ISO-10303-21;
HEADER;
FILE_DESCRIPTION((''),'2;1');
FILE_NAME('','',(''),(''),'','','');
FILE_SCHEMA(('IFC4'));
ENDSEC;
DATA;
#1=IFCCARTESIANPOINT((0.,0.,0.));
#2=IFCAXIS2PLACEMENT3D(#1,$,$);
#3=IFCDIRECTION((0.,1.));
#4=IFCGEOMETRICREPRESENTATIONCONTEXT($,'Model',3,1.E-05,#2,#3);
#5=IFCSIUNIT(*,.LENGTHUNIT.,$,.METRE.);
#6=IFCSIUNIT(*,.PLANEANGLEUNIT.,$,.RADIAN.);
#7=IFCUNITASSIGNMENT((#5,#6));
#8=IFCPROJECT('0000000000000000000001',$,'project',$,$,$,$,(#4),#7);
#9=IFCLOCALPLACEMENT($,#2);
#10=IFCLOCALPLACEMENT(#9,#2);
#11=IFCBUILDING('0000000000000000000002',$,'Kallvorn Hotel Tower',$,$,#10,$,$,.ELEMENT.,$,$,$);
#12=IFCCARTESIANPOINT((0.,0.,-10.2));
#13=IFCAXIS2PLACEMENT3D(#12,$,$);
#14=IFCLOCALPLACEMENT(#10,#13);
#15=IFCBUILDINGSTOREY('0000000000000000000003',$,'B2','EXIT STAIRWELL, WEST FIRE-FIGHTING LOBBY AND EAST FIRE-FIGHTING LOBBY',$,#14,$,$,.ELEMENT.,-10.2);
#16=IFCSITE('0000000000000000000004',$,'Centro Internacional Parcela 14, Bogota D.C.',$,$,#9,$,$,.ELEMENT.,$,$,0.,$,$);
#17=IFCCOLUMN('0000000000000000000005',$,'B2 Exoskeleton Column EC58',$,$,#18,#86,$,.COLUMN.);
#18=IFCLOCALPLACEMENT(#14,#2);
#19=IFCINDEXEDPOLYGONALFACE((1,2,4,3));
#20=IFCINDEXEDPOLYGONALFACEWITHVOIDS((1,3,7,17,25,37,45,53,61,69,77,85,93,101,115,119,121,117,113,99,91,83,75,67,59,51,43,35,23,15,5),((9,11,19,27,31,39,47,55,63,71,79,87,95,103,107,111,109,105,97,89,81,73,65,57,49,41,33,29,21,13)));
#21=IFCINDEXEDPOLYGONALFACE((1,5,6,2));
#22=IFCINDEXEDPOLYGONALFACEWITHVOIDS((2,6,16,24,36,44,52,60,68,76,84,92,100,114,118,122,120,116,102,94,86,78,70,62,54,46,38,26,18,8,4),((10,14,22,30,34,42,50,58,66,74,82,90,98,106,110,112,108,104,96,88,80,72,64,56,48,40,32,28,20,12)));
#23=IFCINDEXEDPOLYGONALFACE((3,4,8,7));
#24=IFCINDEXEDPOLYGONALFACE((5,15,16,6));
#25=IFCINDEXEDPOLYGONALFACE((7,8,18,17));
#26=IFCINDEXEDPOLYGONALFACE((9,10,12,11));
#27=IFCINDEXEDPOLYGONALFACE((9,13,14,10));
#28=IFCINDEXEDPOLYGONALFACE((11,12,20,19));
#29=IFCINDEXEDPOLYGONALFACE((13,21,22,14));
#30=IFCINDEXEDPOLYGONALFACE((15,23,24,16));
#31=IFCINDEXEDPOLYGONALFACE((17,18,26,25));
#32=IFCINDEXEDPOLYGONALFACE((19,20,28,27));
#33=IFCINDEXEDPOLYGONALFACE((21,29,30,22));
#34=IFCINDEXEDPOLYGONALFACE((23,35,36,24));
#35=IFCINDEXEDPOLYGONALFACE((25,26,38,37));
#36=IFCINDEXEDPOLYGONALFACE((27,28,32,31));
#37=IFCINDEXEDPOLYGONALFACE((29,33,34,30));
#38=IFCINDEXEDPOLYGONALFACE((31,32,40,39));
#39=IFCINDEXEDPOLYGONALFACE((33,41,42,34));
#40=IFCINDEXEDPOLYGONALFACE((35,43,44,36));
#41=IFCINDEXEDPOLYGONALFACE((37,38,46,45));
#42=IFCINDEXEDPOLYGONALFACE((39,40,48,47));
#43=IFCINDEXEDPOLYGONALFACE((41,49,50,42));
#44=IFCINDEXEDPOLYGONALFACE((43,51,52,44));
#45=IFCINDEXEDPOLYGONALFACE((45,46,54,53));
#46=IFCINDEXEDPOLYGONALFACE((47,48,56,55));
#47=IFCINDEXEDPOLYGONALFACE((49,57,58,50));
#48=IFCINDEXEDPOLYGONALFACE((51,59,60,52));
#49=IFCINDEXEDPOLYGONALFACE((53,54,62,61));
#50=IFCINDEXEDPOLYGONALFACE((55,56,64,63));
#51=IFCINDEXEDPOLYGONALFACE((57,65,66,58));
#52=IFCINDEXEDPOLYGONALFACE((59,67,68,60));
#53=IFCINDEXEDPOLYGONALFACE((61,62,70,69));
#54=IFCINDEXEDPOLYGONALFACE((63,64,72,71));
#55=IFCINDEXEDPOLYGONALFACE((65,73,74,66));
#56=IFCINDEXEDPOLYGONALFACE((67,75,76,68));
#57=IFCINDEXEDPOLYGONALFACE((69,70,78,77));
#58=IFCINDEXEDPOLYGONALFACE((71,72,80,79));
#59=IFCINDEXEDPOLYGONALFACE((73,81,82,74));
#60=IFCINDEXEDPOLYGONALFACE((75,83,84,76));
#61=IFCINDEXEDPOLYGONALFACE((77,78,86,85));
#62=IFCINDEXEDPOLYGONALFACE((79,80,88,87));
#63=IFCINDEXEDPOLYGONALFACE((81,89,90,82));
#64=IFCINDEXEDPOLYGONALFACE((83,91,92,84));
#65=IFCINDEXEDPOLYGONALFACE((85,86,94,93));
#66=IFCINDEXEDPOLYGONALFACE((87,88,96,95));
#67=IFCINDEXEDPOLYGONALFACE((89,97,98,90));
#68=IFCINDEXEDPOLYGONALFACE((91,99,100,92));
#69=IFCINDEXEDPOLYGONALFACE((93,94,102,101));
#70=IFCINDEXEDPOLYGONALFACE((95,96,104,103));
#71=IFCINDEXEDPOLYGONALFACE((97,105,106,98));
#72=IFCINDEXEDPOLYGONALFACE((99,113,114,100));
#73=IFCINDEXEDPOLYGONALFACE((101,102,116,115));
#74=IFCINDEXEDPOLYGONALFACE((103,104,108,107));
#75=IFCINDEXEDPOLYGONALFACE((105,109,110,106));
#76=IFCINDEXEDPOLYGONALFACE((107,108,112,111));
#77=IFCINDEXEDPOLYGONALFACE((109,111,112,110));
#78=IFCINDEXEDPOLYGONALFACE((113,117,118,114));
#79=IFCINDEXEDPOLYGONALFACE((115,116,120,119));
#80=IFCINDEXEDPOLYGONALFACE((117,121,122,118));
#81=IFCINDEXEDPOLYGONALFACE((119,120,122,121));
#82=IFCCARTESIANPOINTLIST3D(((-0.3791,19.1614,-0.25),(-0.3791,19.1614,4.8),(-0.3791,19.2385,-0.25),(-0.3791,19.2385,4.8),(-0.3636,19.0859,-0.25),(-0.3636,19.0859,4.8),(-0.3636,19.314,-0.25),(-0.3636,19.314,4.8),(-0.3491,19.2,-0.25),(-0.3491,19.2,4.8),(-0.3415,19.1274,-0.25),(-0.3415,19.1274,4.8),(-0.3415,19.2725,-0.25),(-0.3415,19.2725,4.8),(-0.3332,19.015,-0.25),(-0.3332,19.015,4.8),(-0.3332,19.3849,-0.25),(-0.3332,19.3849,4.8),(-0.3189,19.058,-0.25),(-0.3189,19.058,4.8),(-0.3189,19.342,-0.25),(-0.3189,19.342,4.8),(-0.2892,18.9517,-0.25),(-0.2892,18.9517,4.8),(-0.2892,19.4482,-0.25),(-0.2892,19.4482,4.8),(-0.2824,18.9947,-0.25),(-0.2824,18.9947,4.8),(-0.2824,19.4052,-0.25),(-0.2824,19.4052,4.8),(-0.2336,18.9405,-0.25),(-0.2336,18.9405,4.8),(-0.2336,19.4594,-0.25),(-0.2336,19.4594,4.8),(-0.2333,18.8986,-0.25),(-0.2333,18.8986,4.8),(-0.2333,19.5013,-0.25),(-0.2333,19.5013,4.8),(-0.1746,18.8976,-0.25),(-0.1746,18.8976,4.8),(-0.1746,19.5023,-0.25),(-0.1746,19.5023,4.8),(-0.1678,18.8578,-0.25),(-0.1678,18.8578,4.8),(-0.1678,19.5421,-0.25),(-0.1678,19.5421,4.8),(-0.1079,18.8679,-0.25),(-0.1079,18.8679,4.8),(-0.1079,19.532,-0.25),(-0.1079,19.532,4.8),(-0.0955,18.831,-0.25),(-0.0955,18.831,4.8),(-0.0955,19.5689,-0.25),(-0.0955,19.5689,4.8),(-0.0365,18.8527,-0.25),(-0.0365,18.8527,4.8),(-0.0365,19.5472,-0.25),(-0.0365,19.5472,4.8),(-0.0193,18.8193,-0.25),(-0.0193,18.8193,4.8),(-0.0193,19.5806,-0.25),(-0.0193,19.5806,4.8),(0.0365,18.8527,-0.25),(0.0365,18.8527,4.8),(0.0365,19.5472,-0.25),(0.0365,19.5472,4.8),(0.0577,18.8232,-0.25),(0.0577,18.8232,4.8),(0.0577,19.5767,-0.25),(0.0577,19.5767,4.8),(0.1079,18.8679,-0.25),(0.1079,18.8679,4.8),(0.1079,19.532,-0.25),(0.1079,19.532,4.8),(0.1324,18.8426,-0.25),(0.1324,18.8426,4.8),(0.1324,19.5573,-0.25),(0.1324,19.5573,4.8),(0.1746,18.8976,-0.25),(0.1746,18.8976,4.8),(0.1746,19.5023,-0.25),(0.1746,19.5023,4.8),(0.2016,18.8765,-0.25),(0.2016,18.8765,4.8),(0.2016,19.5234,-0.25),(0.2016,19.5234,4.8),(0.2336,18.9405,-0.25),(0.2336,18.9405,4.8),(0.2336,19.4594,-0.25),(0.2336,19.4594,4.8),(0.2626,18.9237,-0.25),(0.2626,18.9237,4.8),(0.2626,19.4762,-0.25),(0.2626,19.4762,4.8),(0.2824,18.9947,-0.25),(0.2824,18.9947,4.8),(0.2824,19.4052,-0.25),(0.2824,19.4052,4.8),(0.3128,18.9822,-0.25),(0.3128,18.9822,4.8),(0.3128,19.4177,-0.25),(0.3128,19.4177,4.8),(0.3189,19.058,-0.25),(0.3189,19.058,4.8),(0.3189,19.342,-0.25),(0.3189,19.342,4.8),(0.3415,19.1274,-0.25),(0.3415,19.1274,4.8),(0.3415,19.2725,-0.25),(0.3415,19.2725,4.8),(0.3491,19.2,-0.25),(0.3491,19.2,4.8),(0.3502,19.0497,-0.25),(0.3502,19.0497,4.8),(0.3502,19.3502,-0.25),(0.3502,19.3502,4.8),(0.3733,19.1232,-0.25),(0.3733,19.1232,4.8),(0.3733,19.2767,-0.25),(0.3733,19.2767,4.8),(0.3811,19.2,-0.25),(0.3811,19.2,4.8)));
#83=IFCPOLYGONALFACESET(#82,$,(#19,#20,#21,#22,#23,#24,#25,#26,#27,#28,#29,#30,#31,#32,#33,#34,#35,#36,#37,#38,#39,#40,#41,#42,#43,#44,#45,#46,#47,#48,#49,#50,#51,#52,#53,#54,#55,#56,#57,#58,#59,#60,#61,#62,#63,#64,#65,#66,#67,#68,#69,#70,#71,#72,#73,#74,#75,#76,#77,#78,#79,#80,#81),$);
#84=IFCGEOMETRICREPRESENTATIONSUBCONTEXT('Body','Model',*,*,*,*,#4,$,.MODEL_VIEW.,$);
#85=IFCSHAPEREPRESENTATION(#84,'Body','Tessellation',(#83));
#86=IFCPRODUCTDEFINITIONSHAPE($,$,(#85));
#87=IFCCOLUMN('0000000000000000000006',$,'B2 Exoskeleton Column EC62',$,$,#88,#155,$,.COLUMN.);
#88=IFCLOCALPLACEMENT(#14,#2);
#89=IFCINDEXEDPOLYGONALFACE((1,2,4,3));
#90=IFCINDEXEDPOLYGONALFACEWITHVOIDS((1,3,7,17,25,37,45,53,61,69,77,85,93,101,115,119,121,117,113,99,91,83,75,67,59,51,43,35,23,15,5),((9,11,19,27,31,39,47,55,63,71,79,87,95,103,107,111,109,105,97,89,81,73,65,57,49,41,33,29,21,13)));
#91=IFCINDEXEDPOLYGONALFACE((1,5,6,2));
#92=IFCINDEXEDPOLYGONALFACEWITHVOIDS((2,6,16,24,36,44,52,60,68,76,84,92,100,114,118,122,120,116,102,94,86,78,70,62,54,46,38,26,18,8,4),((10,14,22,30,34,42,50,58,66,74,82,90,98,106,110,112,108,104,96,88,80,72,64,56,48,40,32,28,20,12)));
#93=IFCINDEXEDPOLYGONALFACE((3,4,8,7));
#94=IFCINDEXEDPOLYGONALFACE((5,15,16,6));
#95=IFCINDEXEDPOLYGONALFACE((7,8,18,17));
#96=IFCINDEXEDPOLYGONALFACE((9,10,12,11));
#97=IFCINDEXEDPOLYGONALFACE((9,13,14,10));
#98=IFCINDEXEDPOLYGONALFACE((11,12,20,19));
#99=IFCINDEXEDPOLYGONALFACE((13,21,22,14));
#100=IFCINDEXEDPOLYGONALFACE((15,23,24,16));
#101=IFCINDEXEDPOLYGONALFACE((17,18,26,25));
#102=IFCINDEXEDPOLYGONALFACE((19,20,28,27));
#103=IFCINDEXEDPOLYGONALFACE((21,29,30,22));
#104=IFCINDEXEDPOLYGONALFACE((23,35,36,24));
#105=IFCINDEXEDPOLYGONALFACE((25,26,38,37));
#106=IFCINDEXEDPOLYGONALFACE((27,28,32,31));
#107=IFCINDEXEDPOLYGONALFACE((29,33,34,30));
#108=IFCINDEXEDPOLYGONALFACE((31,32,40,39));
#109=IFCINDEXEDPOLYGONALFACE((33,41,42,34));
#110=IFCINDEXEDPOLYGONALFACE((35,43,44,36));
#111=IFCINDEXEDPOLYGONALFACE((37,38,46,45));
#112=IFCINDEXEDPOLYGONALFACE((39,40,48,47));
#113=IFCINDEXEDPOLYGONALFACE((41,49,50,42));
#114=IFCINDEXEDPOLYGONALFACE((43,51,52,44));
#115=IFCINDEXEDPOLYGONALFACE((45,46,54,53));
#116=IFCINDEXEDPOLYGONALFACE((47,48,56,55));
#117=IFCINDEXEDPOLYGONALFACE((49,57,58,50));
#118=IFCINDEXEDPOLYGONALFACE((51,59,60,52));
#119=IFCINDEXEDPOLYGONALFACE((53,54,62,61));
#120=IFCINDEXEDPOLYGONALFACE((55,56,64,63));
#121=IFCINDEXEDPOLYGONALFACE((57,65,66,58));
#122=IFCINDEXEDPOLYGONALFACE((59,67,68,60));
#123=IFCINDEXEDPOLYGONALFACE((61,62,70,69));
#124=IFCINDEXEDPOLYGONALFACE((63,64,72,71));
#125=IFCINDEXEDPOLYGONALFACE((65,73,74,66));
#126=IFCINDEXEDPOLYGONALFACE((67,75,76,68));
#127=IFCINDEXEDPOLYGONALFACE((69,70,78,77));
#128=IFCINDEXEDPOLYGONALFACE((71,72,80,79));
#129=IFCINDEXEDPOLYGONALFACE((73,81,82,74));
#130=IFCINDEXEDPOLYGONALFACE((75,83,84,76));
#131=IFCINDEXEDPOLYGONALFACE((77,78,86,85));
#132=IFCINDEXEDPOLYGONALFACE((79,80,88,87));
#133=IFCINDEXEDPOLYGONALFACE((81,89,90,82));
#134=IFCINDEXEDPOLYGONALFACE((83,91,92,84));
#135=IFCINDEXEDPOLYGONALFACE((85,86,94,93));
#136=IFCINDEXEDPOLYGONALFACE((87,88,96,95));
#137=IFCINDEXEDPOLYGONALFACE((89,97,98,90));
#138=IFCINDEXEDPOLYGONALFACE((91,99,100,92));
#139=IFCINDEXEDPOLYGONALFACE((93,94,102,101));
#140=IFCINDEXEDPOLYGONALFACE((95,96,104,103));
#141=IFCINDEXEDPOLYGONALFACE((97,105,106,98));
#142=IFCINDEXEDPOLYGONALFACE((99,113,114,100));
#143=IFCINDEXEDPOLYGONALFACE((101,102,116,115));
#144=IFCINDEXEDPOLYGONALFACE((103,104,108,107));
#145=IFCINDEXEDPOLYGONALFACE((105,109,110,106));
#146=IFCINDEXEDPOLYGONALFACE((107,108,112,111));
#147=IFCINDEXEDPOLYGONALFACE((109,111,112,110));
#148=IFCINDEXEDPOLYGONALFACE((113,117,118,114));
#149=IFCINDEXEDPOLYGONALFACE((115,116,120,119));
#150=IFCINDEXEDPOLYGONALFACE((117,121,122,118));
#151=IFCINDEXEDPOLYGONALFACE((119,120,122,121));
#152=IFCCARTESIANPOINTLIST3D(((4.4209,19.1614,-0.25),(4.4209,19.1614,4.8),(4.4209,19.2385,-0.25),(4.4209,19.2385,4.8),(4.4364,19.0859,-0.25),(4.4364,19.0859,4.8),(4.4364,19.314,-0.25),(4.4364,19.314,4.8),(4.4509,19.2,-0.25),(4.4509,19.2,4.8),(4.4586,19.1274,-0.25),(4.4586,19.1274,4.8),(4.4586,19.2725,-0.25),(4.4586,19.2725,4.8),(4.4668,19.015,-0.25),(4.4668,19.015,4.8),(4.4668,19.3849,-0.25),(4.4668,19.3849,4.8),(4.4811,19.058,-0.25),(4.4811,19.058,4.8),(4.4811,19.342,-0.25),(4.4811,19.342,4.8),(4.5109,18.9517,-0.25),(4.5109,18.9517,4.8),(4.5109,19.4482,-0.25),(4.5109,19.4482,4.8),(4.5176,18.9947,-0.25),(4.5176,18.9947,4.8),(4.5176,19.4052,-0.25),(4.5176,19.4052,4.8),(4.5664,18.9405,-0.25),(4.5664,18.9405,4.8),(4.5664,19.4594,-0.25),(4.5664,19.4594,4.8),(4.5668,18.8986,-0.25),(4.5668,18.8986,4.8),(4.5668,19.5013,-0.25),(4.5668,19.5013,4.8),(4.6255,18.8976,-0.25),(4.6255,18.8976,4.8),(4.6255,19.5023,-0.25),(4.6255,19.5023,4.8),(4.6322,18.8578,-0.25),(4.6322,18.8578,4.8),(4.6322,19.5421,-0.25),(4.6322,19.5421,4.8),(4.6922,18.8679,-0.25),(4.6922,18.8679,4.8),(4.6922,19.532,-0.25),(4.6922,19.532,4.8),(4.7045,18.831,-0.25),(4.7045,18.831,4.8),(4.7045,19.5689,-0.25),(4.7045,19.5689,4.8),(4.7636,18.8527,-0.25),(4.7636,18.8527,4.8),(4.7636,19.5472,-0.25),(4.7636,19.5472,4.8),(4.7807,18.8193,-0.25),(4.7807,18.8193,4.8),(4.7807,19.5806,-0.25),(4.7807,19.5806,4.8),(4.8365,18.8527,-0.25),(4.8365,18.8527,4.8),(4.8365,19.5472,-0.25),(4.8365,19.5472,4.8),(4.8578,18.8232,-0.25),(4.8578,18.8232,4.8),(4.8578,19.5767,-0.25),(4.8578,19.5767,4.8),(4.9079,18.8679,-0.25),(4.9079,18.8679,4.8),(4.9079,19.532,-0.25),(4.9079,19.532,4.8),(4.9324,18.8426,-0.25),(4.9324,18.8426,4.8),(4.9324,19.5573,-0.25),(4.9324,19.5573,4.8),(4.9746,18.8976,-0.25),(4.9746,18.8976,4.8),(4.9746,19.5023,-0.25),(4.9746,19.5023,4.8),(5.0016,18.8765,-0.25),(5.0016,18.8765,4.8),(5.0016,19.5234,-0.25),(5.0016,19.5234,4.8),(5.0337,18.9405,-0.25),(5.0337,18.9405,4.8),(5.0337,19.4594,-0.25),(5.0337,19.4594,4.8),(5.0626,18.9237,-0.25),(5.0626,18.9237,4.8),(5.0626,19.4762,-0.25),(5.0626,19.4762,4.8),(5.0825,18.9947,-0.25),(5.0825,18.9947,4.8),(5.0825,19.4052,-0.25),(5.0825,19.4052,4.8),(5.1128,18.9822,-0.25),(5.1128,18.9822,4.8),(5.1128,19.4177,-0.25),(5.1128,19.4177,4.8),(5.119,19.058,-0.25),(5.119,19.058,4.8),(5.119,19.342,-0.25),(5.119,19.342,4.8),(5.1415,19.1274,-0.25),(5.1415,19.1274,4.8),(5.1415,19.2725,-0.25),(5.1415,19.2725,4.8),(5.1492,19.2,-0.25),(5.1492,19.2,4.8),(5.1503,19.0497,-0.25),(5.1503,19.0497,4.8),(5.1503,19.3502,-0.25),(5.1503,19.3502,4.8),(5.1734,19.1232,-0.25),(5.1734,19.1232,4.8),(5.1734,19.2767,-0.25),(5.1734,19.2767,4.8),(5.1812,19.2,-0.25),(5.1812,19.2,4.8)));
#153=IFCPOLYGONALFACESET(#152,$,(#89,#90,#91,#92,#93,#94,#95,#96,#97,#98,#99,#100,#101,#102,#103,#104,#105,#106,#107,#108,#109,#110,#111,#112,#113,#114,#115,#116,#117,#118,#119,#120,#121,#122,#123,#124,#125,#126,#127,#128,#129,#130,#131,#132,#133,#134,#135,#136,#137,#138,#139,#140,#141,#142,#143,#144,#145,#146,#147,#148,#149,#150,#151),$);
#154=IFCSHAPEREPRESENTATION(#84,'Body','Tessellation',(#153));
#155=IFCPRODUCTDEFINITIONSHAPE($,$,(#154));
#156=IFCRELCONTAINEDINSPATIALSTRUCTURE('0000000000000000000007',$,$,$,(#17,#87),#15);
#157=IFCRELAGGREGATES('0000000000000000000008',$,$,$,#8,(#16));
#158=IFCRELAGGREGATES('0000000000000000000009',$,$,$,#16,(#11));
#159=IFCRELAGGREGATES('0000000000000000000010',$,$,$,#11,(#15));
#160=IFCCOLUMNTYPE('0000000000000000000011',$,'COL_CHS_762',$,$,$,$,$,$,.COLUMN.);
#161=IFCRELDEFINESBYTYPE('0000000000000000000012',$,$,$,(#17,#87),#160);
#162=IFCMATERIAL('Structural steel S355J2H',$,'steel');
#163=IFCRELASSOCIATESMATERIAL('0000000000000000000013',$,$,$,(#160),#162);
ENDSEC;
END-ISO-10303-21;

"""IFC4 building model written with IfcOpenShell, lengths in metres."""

from ifc_helpers import new_model, si_unit, direction, frame, origin, origin_2d, place, context, subcontext, project, spatial, hollow_circle, extrude, material, material_profile, profile_set, type_object, element, save


model = new_model("IFC4")

# Units and contexts
model_context = context("Model", 3, precision=1e-05, world=origin(), true_north=direction((0.0, 1.0)))
body_context = subcontext(model_context, "Body", "Model", "MODEL_VIEW")
ifc_project = project(units=[si_unit("LENGTHUNIT", "METRE"), si_unit("PLANEANGLEUNIT", "RADIAN")], contexts=[model_context])

# Site, building, storey
site_placement = place(None, origin())
site = spatial("IfcSite", under=ifc_project, at=site_placement, Name="Centro Internacional Parcela 14, Bogota D.C.", CompositionType="ELEMENT", RefElevation=0.0)
building_placement = place(site_placement, origin())
building = spatial("IfcBuilding", under=site, at=building_placement, Name="Kallvorn Hotel Tower", CompositionType="ELEMENT")
storey_placement = place(building_placement, frame((0.0, 0.0, -10.2)))
storey = spatial("IfcBuildingStorey", under=building, at=storey_placement, Name="B2", Description="EXIT STAIRWELL, WEST FIRE-FIGHTING LOBBY AND EAST FIRE-FIGHTING LOBBY", CompositionType="ELEMENT", Elevation=-10.2)

# Columns
ifc_material_1 = material(Name="Structural steel S355J2H", Category="steel")
ifc_material_profile_1 = material_profile(ifc_material_1, hollow_circle(Radius=0.3811, WallThickness=0.032, at=origin_2d()), Name="CHS 762x32")
ifc_profile_set_1 = profile_set([ifc_material_profile_1], Name="Structural steel S355J2H")
column_type_1 = type_object("IfcColumnType", Name="COL_CHS_762", PredefinedType="COLUMN", material=ifc_profile_set_1)
for number, where, z_axis, x_axis, name in (
    (1, (0.0, 19.2, -0.25), (0.0, 0.0, 1.0), (1.0, 0.0, 0.0), "B2 Exoskeleton Column EC58"),
    (2, (4.8, 19.2, -0.25), (0.0, 0.0, 1.0), (1.0, 0.0, 0.0), "B2 Exoskeleton Column EC62"),
):
    element("IfcColumn", number, at=place(storey_placement, frame(where, z_axis=z_axis, x_axis=x_axis)), inside=storey, type_object=column_type_1, Name=name, PredefinedType="COLUMN", context=body_context, shape_type="SweptSolid", body=[
        extrude(hollow_circle(Radius=0.3811, WallThickness=0.032, at=origin_2d()), origin(), (0.0, 0.0, 1.0), 5.05),
    ])

save(model, "model.ifc")
